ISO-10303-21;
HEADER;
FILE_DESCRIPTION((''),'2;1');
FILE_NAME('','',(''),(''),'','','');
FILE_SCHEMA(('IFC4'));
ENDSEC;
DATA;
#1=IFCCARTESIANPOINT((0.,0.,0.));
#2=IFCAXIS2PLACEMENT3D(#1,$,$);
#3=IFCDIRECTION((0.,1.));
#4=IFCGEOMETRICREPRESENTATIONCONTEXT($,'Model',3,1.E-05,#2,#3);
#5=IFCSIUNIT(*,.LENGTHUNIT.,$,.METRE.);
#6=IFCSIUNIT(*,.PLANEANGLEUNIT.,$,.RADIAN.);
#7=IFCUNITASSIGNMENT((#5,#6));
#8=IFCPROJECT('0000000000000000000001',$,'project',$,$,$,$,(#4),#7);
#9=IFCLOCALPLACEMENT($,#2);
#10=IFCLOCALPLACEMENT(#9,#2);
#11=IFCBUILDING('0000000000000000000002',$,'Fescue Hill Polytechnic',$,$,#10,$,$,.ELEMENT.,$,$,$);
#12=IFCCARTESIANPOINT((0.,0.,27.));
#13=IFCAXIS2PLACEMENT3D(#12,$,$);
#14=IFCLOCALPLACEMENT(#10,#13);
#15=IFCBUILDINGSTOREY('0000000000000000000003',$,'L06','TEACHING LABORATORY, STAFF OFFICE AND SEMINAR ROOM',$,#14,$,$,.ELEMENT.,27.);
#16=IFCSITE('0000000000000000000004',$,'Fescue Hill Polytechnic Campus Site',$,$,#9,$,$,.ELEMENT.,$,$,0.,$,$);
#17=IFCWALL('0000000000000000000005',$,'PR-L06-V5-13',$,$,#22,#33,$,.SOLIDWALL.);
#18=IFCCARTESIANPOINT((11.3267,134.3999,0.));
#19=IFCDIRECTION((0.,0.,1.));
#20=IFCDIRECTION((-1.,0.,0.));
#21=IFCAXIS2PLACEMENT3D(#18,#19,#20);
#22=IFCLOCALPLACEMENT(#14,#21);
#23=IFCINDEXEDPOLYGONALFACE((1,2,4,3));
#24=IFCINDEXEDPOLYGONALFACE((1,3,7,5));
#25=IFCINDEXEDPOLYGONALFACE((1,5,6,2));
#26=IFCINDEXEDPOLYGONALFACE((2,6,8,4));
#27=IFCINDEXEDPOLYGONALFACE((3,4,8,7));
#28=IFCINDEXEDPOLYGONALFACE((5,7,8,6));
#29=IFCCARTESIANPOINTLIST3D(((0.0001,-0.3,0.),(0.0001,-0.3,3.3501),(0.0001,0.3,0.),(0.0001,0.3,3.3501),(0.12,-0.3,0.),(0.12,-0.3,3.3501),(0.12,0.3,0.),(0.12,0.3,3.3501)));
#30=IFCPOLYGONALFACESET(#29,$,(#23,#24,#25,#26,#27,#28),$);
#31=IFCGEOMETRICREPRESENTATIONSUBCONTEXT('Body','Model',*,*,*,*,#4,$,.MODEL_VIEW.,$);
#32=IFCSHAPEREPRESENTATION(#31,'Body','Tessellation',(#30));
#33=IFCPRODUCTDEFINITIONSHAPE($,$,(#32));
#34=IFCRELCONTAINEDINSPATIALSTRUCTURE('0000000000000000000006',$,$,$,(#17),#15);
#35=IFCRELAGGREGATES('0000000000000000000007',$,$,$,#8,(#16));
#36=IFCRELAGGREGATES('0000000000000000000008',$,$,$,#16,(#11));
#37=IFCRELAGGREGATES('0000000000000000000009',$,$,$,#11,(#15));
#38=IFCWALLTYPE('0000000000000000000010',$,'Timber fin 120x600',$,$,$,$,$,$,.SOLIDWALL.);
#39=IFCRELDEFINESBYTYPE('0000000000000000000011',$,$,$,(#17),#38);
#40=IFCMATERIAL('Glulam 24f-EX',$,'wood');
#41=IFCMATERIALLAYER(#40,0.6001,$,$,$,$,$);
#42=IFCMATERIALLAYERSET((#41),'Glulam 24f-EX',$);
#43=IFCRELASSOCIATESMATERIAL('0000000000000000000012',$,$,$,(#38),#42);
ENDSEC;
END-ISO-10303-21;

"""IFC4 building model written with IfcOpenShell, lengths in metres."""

from ifc_helpers import new_model, si_unit, direction, frame, frame_2d, origin, place, context, subcontext, project, spatial, rectangle, extrude, material, layer, layer_set, type_object, element, save


model = new_model("IFC4")

# Units and contexts
model_context = context("Model", 3, precision=1e-05, world=origin(), true_north=direction((0.0, 1.0)))
body_context = subcontext(model_context, "Body", "Model", "MODEL_VIEW")
ifc_project = project(units=[si_unit("LENGTHUNIT", "METRE"), si_unit("PLANEANGLEUNIT", "RADIAN")], contexts=[model_context])

# Site, building, storey
site_placement = place(None, origin())
site = spatial("IfcSite", under=ifc_project, at=site_placement, Name="Fescue Hill Polytechnic Campus Site", CompositionType="ELEMENT", RefElevation=0.0)
building_placement = place(site_placement, origin())
building = spatial("IfcBuilding", under=site, at=building_placement, Name="Fescue Hill Polytechnic", CompositionType="ELEMENT")
storey_placement = place(building_placement, frame((0.0, 0.0, 27.0)))
storey = spatial("IfcBuildingStorey", under=building, at=storey_placement, Name="L06", Description="TEACHING LABORATORY, STAFF OFFICE AND SEMINAR ROOM", CompositionType="ELEMENT", Elevation=27.0)

# Wall
ifc_material_1 = material(Name="Glulam 24f-EX", Category="wood")
ifc_layer_1 = layer(ifc_material_1, 0.6001)
ifc_layer_set_1 = layer_set([ifc_layer_1], Name="Glulam 24f-EX")
wall_type_1 = type_object("IfcWallType", Name="Timber fin 120x600", PredefinedType="SOLIDWALL", material=ifc_layer_set_1)
wall_1_placement = place(storey_placement, frame((11.3267, 134.3999, 0.0), z_axis=(0.0, 0.0, 1.0), x_axis=(-1.0, 0.0, 0.0)))
element("IfcWall", 1, at=wall_1_placement, inside=storey, type_object=wall_type_1, Name="PR-L06-V5-13", PredefinedType="SOLIDWALL", context=body_context, shape_type="SweptSolid", body=[
    extrude(rectangle(XDim=0.1199, YDim=0.6001, at=frame_2d((0.0601, 0.0))), origin(), (0.0, 0.0, 1.0), 3.3501),
])

save(model, "model.ifc")
